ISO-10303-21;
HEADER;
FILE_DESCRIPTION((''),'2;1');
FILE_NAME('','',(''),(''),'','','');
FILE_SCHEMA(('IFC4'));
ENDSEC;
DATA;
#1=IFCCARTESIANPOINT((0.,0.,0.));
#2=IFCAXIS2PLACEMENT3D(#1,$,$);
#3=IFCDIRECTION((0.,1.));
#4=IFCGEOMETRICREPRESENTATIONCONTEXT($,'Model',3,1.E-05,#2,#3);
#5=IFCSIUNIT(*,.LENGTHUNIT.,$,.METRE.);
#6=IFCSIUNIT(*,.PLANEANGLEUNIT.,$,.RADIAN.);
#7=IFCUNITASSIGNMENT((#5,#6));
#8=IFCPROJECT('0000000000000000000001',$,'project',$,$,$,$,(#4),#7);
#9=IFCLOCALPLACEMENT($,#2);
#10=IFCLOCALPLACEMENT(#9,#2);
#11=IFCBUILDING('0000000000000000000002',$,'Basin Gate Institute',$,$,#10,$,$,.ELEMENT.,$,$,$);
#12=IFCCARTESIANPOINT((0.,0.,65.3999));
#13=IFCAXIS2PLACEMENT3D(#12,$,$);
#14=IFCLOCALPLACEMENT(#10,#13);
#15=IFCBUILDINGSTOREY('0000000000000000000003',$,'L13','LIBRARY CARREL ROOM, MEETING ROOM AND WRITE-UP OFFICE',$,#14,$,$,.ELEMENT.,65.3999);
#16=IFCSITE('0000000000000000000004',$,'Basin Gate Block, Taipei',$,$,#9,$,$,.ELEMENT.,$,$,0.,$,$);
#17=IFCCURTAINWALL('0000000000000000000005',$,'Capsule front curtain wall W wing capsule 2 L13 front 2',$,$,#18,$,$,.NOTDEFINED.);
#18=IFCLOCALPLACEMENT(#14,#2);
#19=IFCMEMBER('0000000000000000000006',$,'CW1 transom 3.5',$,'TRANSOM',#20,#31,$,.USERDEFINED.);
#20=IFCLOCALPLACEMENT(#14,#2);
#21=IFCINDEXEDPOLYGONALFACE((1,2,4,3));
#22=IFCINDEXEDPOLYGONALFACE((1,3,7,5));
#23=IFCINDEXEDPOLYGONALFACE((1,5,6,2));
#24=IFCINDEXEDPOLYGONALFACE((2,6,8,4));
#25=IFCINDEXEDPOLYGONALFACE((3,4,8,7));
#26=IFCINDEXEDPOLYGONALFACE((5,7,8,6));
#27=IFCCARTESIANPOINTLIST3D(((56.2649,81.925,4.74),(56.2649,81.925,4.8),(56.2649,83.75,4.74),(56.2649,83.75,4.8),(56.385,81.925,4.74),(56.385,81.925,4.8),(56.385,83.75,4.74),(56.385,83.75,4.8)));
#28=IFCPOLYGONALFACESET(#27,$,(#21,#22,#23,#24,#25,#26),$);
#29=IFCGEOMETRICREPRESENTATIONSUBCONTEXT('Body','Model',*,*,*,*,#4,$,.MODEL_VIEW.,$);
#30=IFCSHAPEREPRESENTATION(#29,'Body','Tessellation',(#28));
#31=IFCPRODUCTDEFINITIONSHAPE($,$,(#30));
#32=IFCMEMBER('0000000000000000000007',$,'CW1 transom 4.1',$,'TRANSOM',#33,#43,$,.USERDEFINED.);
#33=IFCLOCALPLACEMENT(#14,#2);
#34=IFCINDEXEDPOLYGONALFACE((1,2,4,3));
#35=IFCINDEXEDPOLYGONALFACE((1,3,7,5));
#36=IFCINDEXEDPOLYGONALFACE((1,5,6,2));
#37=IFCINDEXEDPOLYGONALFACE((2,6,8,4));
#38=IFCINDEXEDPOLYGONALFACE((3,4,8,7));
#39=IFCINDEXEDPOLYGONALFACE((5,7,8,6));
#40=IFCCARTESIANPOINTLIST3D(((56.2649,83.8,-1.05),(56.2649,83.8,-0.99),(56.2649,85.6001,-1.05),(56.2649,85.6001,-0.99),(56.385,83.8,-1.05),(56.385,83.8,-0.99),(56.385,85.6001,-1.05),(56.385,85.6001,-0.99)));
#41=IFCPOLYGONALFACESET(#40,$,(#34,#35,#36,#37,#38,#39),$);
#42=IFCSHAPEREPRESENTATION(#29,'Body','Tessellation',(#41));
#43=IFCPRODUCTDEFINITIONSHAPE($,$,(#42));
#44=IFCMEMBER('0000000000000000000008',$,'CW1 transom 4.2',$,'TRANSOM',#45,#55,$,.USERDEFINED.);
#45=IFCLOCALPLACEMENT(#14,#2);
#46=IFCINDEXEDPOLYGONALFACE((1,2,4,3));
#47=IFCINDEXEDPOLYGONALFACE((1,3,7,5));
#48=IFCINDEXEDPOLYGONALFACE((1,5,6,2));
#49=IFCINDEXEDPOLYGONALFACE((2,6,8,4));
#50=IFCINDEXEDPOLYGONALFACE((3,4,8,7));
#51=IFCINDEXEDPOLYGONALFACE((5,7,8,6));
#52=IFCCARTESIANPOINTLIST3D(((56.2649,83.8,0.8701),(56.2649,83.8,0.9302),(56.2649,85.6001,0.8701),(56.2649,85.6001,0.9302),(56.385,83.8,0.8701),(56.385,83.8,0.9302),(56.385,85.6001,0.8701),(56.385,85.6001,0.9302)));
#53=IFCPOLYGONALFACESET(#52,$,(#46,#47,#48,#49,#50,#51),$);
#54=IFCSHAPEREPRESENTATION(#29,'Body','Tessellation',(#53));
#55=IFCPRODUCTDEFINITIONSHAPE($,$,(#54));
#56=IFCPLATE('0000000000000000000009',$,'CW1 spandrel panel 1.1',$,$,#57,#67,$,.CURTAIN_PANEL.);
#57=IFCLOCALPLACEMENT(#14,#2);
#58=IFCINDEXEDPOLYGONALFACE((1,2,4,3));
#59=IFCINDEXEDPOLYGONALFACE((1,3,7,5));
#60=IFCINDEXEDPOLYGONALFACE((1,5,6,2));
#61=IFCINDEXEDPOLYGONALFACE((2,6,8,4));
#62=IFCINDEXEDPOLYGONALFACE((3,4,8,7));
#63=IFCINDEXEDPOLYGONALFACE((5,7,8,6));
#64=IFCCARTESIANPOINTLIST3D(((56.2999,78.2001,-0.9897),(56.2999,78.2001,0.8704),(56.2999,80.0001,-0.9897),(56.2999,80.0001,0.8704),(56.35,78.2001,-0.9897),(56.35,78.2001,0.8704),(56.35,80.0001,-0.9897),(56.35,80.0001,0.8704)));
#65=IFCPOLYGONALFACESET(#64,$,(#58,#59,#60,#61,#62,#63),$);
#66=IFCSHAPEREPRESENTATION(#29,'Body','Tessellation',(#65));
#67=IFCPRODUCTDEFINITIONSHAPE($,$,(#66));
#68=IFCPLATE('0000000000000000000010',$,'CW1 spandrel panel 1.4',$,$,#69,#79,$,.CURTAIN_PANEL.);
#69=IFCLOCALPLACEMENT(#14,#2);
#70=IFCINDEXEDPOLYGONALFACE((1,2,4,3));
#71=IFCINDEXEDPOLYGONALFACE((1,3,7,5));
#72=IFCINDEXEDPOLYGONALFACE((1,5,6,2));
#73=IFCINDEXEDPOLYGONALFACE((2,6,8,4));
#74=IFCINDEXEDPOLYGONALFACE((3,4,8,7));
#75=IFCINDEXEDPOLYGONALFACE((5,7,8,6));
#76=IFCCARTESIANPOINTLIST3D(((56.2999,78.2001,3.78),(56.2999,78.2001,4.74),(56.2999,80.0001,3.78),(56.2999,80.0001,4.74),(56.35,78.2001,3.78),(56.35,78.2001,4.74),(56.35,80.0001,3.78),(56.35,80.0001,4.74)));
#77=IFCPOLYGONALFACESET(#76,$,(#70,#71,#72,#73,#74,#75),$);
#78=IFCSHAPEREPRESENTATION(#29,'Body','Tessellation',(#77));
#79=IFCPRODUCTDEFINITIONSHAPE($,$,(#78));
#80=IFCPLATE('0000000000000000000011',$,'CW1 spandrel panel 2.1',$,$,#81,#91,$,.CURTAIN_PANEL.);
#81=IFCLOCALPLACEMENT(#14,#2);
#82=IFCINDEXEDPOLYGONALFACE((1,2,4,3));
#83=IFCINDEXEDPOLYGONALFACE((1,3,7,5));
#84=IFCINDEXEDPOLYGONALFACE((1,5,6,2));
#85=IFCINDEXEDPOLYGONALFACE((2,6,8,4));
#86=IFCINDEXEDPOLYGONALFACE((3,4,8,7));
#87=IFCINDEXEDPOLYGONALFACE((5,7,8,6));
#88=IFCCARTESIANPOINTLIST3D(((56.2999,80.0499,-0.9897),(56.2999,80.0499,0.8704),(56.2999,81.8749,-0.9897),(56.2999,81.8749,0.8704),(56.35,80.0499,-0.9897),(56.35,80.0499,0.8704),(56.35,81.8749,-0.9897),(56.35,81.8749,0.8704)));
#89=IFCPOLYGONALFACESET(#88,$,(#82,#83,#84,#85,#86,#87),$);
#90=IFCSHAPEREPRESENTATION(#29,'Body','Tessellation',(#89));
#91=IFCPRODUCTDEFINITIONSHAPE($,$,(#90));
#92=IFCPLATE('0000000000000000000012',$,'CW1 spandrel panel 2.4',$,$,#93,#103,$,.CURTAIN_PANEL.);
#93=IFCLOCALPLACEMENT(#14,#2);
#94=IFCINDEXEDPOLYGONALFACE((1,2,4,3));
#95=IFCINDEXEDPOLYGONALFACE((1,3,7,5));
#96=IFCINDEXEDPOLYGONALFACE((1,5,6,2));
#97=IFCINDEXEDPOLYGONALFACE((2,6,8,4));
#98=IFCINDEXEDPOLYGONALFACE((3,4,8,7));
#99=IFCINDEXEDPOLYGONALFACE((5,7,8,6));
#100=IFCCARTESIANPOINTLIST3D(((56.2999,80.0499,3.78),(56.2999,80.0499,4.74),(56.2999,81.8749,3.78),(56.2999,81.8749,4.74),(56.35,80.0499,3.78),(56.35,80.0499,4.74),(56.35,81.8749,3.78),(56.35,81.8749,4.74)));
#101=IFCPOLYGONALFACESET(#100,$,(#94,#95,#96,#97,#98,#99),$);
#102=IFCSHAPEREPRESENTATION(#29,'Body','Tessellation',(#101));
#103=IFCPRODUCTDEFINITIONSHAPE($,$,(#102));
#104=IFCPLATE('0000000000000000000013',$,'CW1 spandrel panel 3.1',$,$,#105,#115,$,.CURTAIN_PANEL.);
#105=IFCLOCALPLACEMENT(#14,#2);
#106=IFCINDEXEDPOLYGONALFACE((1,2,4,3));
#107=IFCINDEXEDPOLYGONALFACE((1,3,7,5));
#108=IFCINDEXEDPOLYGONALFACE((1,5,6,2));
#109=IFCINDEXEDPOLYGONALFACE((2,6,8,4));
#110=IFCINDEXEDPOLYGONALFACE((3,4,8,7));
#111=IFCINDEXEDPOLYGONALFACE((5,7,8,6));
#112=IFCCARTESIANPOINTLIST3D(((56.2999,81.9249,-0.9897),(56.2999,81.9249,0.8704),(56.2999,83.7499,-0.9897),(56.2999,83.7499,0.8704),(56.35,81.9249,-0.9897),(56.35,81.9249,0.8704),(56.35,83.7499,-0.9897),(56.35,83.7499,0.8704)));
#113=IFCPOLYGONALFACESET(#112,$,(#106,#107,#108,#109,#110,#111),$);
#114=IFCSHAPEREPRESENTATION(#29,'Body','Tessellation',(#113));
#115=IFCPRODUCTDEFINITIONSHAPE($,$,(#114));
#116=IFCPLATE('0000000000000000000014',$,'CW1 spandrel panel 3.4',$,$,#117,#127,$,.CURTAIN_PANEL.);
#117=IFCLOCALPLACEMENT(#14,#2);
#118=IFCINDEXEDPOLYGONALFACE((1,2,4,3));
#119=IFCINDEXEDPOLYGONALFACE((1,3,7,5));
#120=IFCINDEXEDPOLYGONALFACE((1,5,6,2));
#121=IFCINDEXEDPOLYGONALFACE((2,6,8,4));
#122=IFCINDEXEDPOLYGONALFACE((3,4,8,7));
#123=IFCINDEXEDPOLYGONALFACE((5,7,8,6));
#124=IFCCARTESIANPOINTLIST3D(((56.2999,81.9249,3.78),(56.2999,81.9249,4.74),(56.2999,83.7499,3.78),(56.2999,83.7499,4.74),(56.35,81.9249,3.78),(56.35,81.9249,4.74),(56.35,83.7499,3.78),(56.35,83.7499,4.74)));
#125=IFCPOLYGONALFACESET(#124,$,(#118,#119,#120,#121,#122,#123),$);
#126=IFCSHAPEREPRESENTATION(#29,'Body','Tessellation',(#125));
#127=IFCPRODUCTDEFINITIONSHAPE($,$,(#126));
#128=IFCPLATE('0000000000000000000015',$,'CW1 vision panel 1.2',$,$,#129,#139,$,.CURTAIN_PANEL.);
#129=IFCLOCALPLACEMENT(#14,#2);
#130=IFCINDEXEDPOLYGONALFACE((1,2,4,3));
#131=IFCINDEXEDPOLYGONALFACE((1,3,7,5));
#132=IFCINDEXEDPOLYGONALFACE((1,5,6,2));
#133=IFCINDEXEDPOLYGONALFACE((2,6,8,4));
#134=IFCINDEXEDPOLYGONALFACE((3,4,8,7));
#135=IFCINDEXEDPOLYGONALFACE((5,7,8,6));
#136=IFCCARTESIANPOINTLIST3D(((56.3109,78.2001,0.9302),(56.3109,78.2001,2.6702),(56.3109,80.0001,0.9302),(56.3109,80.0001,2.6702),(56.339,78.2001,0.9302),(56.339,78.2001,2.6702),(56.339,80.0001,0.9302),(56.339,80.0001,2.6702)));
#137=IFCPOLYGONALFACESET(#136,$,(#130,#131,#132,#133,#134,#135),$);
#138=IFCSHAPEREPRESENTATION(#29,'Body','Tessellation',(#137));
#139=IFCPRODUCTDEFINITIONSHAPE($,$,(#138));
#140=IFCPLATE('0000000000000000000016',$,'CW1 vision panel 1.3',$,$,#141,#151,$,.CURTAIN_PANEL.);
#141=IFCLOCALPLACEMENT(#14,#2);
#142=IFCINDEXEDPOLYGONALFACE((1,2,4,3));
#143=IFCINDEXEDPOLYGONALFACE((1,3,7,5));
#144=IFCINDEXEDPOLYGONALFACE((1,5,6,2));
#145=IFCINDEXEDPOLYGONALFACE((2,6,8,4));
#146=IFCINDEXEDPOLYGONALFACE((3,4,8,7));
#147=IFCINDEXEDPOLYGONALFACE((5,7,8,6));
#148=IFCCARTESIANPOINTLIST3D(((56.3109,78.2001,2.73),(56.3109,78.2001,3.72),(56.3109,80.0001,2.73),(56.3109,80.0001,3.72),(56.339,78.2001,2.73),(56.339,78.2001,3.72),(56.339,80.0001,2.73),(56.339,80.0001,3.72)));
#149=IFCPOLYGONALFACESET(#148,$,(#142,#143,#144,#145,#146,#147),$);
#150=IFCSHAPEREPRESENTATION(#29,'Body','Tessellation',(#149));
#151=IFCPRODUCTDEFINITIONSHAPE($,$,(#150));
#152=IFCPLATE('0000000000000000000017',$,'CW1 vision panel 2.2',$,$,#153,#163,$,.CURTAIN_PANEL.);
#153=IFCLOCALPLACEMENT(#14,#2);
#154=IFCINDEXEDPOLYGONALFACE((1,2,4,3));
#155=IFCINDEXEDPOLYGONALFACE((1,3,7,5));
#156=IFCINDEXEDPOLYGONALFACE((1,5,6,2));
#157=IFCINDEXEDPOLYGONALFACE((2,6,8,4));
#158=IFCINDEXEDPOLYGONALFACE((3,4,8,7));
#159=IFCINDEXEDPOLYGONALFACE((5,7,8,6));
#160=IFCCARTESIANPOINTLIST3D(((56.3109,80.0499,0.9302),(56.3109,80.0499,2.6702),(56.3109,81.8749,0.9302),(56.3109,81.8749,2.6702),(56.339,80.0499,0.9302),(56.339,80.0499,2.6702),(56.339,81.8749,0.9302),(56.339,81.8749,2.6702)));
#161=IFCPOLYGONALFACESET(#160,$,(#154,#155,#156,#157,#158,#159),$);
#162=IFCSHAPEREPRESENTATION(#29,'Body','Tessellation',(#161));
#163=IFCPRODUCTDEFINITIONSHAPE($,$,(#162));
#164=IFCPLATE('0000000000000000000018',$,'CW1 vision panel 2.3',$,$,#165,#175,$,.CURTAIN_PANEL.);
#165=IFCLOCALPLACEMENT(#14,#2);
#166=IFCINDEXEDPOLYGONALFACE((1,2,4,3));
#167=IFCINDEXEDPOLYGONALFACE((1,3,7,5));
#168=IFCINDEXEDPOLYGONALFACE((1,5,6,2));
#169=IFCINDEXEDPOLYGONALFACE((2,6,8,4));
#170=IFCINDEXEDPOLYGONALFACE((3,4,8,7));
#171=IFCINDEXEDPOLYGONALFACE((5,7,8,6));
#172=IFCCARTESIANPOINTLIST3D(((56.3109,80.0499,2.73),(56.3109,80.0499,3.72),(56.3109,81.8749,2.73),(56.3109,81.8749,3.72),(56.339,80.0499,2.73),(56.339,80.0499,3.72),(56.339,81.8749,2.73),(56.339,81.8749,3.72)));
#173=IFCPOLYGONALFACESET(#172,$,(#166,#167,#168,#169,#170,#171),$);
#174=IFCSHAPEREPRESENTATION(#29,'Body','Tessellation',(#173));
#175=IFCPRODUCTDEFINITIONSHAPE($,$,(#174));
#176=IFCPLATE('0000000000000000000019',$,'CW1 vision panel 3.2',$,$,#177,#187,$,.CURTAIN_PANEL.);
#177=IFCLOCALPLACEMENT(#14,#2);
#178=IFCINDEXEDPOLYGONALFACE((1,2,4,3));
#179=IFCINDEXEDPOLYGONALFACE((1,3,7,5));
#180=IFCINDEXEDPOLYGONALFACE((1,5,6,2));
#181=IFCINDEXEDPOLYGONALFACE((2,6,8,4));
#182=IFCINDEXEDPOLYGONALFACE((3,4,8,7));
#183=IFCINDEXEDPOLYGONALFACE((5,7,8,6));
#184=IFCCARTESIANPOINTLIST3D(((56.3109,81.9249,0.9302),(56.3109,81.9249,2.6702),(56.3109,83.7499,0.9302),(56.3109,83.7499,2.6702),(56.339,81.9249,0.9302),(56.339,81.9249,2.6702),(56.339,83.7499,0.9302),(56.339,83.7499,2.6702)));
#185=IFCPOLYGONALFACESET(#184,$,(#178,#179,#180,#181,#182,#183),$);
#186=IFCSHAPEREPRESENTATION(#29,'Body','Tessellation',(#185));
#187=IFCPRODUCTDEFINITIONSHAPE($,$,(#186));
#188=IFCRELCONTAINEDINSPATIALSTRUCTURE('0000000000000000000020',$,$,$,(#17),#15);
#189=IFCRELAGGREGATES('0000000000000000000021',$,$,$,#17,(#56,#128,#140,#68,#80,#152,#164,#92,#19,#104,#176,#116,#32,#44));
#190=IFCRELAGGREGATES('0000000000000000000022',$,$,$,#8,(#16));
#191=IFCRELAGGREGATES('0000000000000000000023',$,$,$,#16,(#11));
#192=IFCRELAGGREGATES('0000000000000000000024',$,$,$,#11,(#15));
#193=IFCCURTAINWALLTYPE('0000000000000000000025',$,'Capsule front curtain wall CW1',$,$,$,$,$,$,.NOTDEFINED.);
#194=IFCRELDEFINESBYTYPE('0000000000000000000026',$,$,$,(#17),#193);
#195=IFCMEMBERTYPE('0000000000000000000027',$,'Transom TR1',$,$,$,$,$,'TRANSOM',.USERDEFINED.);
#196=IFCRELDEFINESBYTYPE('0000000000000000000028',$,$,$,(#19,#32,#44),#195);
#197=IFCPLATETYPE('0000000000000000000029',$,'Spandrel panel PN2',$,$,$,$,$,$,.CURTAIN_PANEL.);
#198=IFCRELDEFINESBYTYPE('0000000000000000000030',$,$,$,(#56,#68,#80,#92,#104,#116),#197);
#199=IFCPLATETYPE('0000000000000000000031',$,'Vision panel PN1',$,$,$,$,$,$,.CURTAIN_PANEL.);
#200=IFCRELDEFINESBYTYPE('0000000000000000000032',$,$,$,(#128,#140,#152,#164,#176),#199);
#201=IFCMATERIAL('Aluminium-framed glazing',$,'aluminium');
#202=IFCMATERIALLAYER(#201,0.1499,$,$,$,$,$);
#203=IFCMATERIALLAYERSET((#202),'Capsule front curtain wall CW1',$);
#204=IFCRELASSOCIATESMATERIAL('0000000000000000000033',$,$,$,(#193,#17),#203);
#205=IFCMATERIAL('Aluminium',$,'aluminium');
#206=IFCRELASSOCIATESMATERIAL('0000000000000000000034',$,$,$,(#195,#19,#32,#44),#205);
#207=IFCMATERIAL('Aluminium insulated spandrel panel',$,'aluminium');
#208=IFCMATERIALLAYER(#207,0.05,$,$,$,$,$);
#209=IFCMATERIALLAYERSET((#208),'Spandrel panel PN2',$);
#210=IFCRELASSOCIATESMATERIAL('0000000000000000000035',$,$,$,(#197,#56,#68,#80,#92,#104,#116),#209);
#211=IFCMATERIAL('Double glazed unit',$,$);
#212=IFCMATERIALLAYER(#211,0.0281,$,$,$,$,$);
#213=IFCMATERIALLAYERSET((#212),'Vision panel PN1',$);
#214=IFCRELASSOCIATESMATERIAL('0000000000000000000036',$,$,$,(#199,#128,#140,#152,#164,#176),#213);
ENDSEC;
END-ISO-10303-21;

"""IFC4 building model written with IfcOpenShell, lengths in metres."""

from ifc_helpers import new_model, si_unit, direction, frame, origin, origin_2d, place, context, subcontext, project, spatial, rectangle, extrude, material, layer, layer_set, material_profile, profile_set, type_object, element, aggregate, save


model = new_model("IFC4")

# Units and contexts
model_context = context("Model", 3, precision=1e-05, world=origin(), true_north=direction((0.0, 1.0)))
body_context = subcontext(model_context, "Body", "Model", "MODEL_VIEW")
ifc_project = project(units=[si_unit("LENGTHUNIT", "METRE"), si_unit("PLANEANGLEUNIT", "RADIAN")], contexts=[model_context])

# Site, building, storey
site_placement = place(None, origin())
site = spatial("IfcSite", under=ifc_project, at=site_placement, Name="Basin Gate Block, Taipei", CompositionType="ELEMENT", RefElevation=0.0)
building_placement = place(site_placement, origin())
building = spatial("IfcBuilding", under=site, at=building_placement, Name="Basin Gate Institute", CompositionType="ELEMENT")
storey_placement = place(building_placement, frame((0.0, 0.0, 65.3999)))
storey = spatial("IfcBuildingStorey", under=building, at=storey_placement, Name="L13", Description="LIBRARY CARREL ROOM, MEETING ROOM AND WRITE-UP OFFICE", CompositionType="ELEMENT", Elevation=65.3999)

# Curtain wall
ifc_material_1 = material(Name="Aluminium-framed glazing", Category="aluminium")
ifc_layer_1 = layer(ifc_material_1, 0.1499)
ifc_layer_set_1 = layer_set([ifc_layer_1], Name="Capsule front curtain wall CW1")
curtain_wall_type = type_object("IfcCurtainWallType", Name="Capsule front curtain wall CW1", PredefinedType="NOTDEFINED", material=ifc_layer_set_1)
curtain_wall_placement = place(storey_placement, origin())
curtain_wall = element("IfcCurtainWall", 1, at=curtain_wall_placement, inside=storey, type_object=curtain_wall_type, material=ifc_layer_set_1, Name="Capsule front curtain wall W wing capsule 2 L13 front 2", PredefinedType="NOTDEFINED")

# Members
ifc_material_2 = material(Name="Aluminium", Category="aluminium")
ifc_material_profile_1 = material_profile(ifc_material_2, rectangle(XDim=0.1201, YDim=0.0601, at=origin_2d()), Name="Transom TR1 120 x 60")
ifc_profile_set_1 = profile_set([ifc_material_profile_1], Name="Aluminium")
member_type_1 = type_object("IfcMemberType", Name="Transom TR1", ElementType="TRANSOM", PredefinedType="USERDEFINED", material=ifc_profile_set_1)
member_1_placement = place(storey_placement, frame((56.325, 81.925, 4.77), z_axis=(0.0, 1.0, 0.0), x_axis=(-1.0, 0.0, 0.0)))
member_1 = element("IfcMember", 2, at=member_1_placement, type_object=member_type_1, material=ifc_profile_set_1, Name="CW1 transom 3.5", ObjectType="TRANSOM", PredefinedType="USERDEFINED", context=body_context, shape_type="SweptSolid", body=[
    extrude(rectangle(XDim=0.1201, YDim=0.0601, at=origin_2d()), origin(), (0.0, 0.0, 1.0), 1.825),
])
member_2_placement = place(storey_placement, frame((56.325, 83.8, -1.02), z_axis=(0.0, 1.0, 0.0), x_axis=(-1.0, 0.0, 0.0)))
member_2 = element("IfcMember", 3, at=member_2_placement, type_object=member_type_1, material=ifc_profile_set_1, Name="CW1 transom 4.1", ObjectType="TRANSOM", PredefinedType="USERDEFINED", context=body_context, shape_type="SweptSolid", body=[
    extrude(rectangle(XDim=0.1201, YDim=0.0601, at=origin_2d()), origin(), (0.0, 0.0, 1.0), 1.8),
])
member_3_placement = place(storey_placement, frame((56.325, 83.8, 0.9001), z_axis=(0.0, 1.0, 0.0), x_axis=(-1.0, 0.0, 0.0)))
member_3 = element("IfcMember", 4, at=member_3_placement, type_object=member_type_1, material=ifc_profile_set_1, Name="CW1 transom 4.2", ObjectType="TRANSOM", PredefinedType="USERDEFINED", context=body_context, shape_type="SweptSolid", body=[
    extrude(rectangle(XDim=0.1201, YDim=0.0601, at=origin_2d()), origin(), (0.0, 0.0, 1.0), 1.8),
])

# Plates
ifc_material_3 = material(Name="Aluminium insulated spandrel panel", Category="aluminium")
ifc_layer_2 = layer(ifc_material_3, 0.05)
ifc_layer_set_2 = layer_set([ifc_layer_2], Name="Spandrel panel PN2")
plate_type_1 = type_object("IfcPlateType", Name="Spandrel panel PN2", PredefinedType="CURTAIN_PANEL", material=ifc_layer_set_2)
plate_1_placement = place(storey_placement, frame((56.325, 79.1001, -0.9897), z_axis=(0.0, 0.0, 1.0), x_axis=(0.0, 1.0, 0.0)))
plate_1 = element("IfcPlate", 5, at=plate_1_placement, type_object=plate_type_1, material=ifc_layer_set_2, Name="CW1 spandrel panel 1.1", PredefinedType="CURTAIN_PANEL", context=body_context, shape_type="SweptSolid", body=[
    extrude(rectangle(XDim=1.8, YDim=0.05, at=origin_2d()), origin(), (0.0, 0.0, 1.0), 1.8601),
])
plate_2_placement = place(storey_placement, frame((56.325, 79.1001, 3.78), z_axis=(0.0, 0.0, 1.0), x_axis=(0.0, 1.0, 0.0)))
plate_2 = element("IfcPlate", 6, at=plate_2_placement, type_object=plate_type_1, material=ifc_layer_set_2, Name="CW1 spandrel panel 1.4", PredefinedType="CURTAIN_PANEL", context=body_context, shape_type="SweptSolid", body=[
    extrude(rectangle(XDim=1.8, YDim=0.05, at=origin_2d()), origin(), (0.0, 0.0, 1.0), 0.96),
])
plate_3_placement = place(storey_placement, frame((56.325, 80.9624, -0.9897), z_axis=(0.0, 0.0, 1.0), x_axis=(0.0, 1.0, 0.0)))
plate_3 = element("IfcPlate", 7, at=plate_3_placement, type_object=plate_type_1, material=ifc_layer_set_2, Name="CW1 spandrel panel 2.1", PredefinedType="CURTAIN_PANEL", context=body_context, shape_type="SweptSolid", body=[
    extrude(rectangle(XDim=1.825, YDim=0.05, at=origin_2d()), origin(), (0.0, 0.0, 1.0), 1.8601),
])
plate_4_placement = place(storey_placement, frame((56.325, 80.9624, 3.78), z_axis=(0.0, 0.0, 1.0), x_axis=(0.0, 1.0, 0.0)))
plate_4 = element("IfcPlate", 8, at=plate_4_placement, type_object=plate_type_1, material=ifc_layer_set_2, Name="CW1 spandrel panel 2.4", PredefinedType="CURTAIN_PANEL", context=body_context, shape_type="SweptSolid", body=[
    extrude(rectangle(XDim=1.825, YDim=0.05, at=origin_2d()), origin(), (0.0, 0.0, 1.0), 0.96),
])
plate_5_placement = place(storey_placement, frame((56.325, 82.8374, -0.9897), z_axis=(0.0, 0.0, 1.0), x_axis=(0.0, 1.0, 0.0)))
plate_5 = element("IfcPlate", 9, at=plate_5_placement, type_object=plate_type_1, material=ifc_layer_set_2, Name="CW1 spandrel panel 3.1", PredefinedType="CURTAIN_PANEL", context=body_context, shape_type="SweptSolid", body=[
    extrude(rectangle(XDim=1.825, YDim=0.05, at=origin_2d()), origin(), (0.0, 0.0, 1.0), 1.8601),
])
plate_6_placement = place(storey_placement, frame((56.325, 82.8374, 3.78), z_axis=(0.0, 0.0, 1.0), x_axis=(0.0, 1.0, 0.0)))
plate_6 = element("IfcPlate", 10, at=plate_6_placement, type_object=plate_type_1, material=ifc_layer_set_2, Name="CW1 spandrel panel 3.4", PredefinedType="CURTAIN_PANEL", context=body_context, shape_type="SweptSolid", body=[
    extrude(rectangle(XDim=1.825, YDim=0.05, at=origin_2d()), origin(), (0.0, 0.0, 1.0), 0.96),
])
ifc_material_4 = material(Name="Double glazed unit")
ifc_layer_3 = layer(ifc_material_4, 0.0281)
ifc_layer_set_3 = layer_set([ifc_layer_3], Name="Vision panel PN1")
plate_type_2 = type_object("IfcPlateType", Name="Vision panel PN1", PredefinedType="CURTAIN_PANEL", material=ifc_layer_set_3)
plate_7_placement = place(storey_placement, frame((56.325, 79.1001, 0.9302), z_axis=(0.0, 0.0, 1.0), x_axis=(0.0, 1.0, 0.0)))
plate_7 = element("IfcPlate", 11, at=plate_7_placement, type_object=plate_type_2, material=ifc_layer_set_3, Name="CW1 vision panel 1.2", PredefinedType="CURTAIN_PANEL", context=body_context, shape_type="SweptSolid", body=[
    extrude(rectangle(XDim=1.8, YDim=0.0281, at=origin_2d()), origin(), (0.0, 0.0, 1.0), 1.74),
])
plate_8_placement = place(storey_placement, frame((56.325, 79.1001, 2.73), z_axis=(0.0, 0.0, 1.0), x_axis=(0.0, 1.0, 0.0)))
plate_8 = element("IfcPlate", 12, at=plate_8_placement, type_object=plate_type_2, material=ifc_layer_set_3, Name="CW1 vision panel 1.3", PredefinedType="CURTAIN_PANEL", context=body_context, shape_type="SweptSolid", body=[
    extrude(rectangle(XDim=1.8, YDim=0.0281, at=origin_2d()), origin(), (0.0, 0.0, 1.0), 0.99),
])
plate_9_placement = place(storey_placement, frame((56.325, 80.9624, 0.9302), z_axis=(0.0, 0.0, 1.0), x_axis=(0.0, 1.0, 0.0)))
plate_9 = element("IfcPlate", 13, at=plate_9_placement, type_object=plate_type_2, material=ifc_layer_set_3, Name="CW1 vision panel 2.2", PredefinedType="CURTAIN_PANEL", context=body_context, shape_type="SweptSolid", body=[
    extrude(rectangle(XDim=1.825, YDim=0.0281, at=origin_2d()), origin(), (0.0, 0.0, 1.0), 1.74),
])
plate_10_placement = place(storey_placement, frame((56.325, 80.9624, 2.73), z_axis=(0.0, 0.0, 1.0), x_axis=(0.0, 1.0, 0.0)))
plate_10 = element("IfcPlate", 14, at=plate_10_placement, type_object=plate_type_2, material=ifc_layer_set_3, Name="CW1 vision panel 2.3", PredefinedType="CURTAIN_PANEL", context=body_context, shape_type="SweptSolid", body=[
    extrude(rectangle(XDim=1.825, YDim=0.0281, at=origin_2d()), origin(), (0.0, 0.0, 1.0), 0.99),
])
plate_11_placement = place(storey_placement, frame((56.325, 82.8374, 0.9302), z_axis=(0.0, 0.0, 1.0), x_axis=(0.0, 1.0, 0.0)))
plate_11 = element("IfcPlate", 15, at=plate_11_placement, type_object=plate_type_2, material=ifc_layer_set_3, Name="CW1 vision panel 3.2", PredefinedType="CURTAIN_PANEL", context=body_context, shape_type="SweptSolid", body=[
    extrude(rectangle(XDim=1.825, YDim=0.0281, at=origin_2d()), origin(), (0.0, 0.0, 1.0), 1.74),
])
aggregate(curtain_wall, [plate_1, plate_7, plate_8, plate_2, plate_3, plate_9, plate_10, plate_4, member_1, plate_5, plate_11, plate_6, member_2, member_3])

save(model, "model.ifc")
